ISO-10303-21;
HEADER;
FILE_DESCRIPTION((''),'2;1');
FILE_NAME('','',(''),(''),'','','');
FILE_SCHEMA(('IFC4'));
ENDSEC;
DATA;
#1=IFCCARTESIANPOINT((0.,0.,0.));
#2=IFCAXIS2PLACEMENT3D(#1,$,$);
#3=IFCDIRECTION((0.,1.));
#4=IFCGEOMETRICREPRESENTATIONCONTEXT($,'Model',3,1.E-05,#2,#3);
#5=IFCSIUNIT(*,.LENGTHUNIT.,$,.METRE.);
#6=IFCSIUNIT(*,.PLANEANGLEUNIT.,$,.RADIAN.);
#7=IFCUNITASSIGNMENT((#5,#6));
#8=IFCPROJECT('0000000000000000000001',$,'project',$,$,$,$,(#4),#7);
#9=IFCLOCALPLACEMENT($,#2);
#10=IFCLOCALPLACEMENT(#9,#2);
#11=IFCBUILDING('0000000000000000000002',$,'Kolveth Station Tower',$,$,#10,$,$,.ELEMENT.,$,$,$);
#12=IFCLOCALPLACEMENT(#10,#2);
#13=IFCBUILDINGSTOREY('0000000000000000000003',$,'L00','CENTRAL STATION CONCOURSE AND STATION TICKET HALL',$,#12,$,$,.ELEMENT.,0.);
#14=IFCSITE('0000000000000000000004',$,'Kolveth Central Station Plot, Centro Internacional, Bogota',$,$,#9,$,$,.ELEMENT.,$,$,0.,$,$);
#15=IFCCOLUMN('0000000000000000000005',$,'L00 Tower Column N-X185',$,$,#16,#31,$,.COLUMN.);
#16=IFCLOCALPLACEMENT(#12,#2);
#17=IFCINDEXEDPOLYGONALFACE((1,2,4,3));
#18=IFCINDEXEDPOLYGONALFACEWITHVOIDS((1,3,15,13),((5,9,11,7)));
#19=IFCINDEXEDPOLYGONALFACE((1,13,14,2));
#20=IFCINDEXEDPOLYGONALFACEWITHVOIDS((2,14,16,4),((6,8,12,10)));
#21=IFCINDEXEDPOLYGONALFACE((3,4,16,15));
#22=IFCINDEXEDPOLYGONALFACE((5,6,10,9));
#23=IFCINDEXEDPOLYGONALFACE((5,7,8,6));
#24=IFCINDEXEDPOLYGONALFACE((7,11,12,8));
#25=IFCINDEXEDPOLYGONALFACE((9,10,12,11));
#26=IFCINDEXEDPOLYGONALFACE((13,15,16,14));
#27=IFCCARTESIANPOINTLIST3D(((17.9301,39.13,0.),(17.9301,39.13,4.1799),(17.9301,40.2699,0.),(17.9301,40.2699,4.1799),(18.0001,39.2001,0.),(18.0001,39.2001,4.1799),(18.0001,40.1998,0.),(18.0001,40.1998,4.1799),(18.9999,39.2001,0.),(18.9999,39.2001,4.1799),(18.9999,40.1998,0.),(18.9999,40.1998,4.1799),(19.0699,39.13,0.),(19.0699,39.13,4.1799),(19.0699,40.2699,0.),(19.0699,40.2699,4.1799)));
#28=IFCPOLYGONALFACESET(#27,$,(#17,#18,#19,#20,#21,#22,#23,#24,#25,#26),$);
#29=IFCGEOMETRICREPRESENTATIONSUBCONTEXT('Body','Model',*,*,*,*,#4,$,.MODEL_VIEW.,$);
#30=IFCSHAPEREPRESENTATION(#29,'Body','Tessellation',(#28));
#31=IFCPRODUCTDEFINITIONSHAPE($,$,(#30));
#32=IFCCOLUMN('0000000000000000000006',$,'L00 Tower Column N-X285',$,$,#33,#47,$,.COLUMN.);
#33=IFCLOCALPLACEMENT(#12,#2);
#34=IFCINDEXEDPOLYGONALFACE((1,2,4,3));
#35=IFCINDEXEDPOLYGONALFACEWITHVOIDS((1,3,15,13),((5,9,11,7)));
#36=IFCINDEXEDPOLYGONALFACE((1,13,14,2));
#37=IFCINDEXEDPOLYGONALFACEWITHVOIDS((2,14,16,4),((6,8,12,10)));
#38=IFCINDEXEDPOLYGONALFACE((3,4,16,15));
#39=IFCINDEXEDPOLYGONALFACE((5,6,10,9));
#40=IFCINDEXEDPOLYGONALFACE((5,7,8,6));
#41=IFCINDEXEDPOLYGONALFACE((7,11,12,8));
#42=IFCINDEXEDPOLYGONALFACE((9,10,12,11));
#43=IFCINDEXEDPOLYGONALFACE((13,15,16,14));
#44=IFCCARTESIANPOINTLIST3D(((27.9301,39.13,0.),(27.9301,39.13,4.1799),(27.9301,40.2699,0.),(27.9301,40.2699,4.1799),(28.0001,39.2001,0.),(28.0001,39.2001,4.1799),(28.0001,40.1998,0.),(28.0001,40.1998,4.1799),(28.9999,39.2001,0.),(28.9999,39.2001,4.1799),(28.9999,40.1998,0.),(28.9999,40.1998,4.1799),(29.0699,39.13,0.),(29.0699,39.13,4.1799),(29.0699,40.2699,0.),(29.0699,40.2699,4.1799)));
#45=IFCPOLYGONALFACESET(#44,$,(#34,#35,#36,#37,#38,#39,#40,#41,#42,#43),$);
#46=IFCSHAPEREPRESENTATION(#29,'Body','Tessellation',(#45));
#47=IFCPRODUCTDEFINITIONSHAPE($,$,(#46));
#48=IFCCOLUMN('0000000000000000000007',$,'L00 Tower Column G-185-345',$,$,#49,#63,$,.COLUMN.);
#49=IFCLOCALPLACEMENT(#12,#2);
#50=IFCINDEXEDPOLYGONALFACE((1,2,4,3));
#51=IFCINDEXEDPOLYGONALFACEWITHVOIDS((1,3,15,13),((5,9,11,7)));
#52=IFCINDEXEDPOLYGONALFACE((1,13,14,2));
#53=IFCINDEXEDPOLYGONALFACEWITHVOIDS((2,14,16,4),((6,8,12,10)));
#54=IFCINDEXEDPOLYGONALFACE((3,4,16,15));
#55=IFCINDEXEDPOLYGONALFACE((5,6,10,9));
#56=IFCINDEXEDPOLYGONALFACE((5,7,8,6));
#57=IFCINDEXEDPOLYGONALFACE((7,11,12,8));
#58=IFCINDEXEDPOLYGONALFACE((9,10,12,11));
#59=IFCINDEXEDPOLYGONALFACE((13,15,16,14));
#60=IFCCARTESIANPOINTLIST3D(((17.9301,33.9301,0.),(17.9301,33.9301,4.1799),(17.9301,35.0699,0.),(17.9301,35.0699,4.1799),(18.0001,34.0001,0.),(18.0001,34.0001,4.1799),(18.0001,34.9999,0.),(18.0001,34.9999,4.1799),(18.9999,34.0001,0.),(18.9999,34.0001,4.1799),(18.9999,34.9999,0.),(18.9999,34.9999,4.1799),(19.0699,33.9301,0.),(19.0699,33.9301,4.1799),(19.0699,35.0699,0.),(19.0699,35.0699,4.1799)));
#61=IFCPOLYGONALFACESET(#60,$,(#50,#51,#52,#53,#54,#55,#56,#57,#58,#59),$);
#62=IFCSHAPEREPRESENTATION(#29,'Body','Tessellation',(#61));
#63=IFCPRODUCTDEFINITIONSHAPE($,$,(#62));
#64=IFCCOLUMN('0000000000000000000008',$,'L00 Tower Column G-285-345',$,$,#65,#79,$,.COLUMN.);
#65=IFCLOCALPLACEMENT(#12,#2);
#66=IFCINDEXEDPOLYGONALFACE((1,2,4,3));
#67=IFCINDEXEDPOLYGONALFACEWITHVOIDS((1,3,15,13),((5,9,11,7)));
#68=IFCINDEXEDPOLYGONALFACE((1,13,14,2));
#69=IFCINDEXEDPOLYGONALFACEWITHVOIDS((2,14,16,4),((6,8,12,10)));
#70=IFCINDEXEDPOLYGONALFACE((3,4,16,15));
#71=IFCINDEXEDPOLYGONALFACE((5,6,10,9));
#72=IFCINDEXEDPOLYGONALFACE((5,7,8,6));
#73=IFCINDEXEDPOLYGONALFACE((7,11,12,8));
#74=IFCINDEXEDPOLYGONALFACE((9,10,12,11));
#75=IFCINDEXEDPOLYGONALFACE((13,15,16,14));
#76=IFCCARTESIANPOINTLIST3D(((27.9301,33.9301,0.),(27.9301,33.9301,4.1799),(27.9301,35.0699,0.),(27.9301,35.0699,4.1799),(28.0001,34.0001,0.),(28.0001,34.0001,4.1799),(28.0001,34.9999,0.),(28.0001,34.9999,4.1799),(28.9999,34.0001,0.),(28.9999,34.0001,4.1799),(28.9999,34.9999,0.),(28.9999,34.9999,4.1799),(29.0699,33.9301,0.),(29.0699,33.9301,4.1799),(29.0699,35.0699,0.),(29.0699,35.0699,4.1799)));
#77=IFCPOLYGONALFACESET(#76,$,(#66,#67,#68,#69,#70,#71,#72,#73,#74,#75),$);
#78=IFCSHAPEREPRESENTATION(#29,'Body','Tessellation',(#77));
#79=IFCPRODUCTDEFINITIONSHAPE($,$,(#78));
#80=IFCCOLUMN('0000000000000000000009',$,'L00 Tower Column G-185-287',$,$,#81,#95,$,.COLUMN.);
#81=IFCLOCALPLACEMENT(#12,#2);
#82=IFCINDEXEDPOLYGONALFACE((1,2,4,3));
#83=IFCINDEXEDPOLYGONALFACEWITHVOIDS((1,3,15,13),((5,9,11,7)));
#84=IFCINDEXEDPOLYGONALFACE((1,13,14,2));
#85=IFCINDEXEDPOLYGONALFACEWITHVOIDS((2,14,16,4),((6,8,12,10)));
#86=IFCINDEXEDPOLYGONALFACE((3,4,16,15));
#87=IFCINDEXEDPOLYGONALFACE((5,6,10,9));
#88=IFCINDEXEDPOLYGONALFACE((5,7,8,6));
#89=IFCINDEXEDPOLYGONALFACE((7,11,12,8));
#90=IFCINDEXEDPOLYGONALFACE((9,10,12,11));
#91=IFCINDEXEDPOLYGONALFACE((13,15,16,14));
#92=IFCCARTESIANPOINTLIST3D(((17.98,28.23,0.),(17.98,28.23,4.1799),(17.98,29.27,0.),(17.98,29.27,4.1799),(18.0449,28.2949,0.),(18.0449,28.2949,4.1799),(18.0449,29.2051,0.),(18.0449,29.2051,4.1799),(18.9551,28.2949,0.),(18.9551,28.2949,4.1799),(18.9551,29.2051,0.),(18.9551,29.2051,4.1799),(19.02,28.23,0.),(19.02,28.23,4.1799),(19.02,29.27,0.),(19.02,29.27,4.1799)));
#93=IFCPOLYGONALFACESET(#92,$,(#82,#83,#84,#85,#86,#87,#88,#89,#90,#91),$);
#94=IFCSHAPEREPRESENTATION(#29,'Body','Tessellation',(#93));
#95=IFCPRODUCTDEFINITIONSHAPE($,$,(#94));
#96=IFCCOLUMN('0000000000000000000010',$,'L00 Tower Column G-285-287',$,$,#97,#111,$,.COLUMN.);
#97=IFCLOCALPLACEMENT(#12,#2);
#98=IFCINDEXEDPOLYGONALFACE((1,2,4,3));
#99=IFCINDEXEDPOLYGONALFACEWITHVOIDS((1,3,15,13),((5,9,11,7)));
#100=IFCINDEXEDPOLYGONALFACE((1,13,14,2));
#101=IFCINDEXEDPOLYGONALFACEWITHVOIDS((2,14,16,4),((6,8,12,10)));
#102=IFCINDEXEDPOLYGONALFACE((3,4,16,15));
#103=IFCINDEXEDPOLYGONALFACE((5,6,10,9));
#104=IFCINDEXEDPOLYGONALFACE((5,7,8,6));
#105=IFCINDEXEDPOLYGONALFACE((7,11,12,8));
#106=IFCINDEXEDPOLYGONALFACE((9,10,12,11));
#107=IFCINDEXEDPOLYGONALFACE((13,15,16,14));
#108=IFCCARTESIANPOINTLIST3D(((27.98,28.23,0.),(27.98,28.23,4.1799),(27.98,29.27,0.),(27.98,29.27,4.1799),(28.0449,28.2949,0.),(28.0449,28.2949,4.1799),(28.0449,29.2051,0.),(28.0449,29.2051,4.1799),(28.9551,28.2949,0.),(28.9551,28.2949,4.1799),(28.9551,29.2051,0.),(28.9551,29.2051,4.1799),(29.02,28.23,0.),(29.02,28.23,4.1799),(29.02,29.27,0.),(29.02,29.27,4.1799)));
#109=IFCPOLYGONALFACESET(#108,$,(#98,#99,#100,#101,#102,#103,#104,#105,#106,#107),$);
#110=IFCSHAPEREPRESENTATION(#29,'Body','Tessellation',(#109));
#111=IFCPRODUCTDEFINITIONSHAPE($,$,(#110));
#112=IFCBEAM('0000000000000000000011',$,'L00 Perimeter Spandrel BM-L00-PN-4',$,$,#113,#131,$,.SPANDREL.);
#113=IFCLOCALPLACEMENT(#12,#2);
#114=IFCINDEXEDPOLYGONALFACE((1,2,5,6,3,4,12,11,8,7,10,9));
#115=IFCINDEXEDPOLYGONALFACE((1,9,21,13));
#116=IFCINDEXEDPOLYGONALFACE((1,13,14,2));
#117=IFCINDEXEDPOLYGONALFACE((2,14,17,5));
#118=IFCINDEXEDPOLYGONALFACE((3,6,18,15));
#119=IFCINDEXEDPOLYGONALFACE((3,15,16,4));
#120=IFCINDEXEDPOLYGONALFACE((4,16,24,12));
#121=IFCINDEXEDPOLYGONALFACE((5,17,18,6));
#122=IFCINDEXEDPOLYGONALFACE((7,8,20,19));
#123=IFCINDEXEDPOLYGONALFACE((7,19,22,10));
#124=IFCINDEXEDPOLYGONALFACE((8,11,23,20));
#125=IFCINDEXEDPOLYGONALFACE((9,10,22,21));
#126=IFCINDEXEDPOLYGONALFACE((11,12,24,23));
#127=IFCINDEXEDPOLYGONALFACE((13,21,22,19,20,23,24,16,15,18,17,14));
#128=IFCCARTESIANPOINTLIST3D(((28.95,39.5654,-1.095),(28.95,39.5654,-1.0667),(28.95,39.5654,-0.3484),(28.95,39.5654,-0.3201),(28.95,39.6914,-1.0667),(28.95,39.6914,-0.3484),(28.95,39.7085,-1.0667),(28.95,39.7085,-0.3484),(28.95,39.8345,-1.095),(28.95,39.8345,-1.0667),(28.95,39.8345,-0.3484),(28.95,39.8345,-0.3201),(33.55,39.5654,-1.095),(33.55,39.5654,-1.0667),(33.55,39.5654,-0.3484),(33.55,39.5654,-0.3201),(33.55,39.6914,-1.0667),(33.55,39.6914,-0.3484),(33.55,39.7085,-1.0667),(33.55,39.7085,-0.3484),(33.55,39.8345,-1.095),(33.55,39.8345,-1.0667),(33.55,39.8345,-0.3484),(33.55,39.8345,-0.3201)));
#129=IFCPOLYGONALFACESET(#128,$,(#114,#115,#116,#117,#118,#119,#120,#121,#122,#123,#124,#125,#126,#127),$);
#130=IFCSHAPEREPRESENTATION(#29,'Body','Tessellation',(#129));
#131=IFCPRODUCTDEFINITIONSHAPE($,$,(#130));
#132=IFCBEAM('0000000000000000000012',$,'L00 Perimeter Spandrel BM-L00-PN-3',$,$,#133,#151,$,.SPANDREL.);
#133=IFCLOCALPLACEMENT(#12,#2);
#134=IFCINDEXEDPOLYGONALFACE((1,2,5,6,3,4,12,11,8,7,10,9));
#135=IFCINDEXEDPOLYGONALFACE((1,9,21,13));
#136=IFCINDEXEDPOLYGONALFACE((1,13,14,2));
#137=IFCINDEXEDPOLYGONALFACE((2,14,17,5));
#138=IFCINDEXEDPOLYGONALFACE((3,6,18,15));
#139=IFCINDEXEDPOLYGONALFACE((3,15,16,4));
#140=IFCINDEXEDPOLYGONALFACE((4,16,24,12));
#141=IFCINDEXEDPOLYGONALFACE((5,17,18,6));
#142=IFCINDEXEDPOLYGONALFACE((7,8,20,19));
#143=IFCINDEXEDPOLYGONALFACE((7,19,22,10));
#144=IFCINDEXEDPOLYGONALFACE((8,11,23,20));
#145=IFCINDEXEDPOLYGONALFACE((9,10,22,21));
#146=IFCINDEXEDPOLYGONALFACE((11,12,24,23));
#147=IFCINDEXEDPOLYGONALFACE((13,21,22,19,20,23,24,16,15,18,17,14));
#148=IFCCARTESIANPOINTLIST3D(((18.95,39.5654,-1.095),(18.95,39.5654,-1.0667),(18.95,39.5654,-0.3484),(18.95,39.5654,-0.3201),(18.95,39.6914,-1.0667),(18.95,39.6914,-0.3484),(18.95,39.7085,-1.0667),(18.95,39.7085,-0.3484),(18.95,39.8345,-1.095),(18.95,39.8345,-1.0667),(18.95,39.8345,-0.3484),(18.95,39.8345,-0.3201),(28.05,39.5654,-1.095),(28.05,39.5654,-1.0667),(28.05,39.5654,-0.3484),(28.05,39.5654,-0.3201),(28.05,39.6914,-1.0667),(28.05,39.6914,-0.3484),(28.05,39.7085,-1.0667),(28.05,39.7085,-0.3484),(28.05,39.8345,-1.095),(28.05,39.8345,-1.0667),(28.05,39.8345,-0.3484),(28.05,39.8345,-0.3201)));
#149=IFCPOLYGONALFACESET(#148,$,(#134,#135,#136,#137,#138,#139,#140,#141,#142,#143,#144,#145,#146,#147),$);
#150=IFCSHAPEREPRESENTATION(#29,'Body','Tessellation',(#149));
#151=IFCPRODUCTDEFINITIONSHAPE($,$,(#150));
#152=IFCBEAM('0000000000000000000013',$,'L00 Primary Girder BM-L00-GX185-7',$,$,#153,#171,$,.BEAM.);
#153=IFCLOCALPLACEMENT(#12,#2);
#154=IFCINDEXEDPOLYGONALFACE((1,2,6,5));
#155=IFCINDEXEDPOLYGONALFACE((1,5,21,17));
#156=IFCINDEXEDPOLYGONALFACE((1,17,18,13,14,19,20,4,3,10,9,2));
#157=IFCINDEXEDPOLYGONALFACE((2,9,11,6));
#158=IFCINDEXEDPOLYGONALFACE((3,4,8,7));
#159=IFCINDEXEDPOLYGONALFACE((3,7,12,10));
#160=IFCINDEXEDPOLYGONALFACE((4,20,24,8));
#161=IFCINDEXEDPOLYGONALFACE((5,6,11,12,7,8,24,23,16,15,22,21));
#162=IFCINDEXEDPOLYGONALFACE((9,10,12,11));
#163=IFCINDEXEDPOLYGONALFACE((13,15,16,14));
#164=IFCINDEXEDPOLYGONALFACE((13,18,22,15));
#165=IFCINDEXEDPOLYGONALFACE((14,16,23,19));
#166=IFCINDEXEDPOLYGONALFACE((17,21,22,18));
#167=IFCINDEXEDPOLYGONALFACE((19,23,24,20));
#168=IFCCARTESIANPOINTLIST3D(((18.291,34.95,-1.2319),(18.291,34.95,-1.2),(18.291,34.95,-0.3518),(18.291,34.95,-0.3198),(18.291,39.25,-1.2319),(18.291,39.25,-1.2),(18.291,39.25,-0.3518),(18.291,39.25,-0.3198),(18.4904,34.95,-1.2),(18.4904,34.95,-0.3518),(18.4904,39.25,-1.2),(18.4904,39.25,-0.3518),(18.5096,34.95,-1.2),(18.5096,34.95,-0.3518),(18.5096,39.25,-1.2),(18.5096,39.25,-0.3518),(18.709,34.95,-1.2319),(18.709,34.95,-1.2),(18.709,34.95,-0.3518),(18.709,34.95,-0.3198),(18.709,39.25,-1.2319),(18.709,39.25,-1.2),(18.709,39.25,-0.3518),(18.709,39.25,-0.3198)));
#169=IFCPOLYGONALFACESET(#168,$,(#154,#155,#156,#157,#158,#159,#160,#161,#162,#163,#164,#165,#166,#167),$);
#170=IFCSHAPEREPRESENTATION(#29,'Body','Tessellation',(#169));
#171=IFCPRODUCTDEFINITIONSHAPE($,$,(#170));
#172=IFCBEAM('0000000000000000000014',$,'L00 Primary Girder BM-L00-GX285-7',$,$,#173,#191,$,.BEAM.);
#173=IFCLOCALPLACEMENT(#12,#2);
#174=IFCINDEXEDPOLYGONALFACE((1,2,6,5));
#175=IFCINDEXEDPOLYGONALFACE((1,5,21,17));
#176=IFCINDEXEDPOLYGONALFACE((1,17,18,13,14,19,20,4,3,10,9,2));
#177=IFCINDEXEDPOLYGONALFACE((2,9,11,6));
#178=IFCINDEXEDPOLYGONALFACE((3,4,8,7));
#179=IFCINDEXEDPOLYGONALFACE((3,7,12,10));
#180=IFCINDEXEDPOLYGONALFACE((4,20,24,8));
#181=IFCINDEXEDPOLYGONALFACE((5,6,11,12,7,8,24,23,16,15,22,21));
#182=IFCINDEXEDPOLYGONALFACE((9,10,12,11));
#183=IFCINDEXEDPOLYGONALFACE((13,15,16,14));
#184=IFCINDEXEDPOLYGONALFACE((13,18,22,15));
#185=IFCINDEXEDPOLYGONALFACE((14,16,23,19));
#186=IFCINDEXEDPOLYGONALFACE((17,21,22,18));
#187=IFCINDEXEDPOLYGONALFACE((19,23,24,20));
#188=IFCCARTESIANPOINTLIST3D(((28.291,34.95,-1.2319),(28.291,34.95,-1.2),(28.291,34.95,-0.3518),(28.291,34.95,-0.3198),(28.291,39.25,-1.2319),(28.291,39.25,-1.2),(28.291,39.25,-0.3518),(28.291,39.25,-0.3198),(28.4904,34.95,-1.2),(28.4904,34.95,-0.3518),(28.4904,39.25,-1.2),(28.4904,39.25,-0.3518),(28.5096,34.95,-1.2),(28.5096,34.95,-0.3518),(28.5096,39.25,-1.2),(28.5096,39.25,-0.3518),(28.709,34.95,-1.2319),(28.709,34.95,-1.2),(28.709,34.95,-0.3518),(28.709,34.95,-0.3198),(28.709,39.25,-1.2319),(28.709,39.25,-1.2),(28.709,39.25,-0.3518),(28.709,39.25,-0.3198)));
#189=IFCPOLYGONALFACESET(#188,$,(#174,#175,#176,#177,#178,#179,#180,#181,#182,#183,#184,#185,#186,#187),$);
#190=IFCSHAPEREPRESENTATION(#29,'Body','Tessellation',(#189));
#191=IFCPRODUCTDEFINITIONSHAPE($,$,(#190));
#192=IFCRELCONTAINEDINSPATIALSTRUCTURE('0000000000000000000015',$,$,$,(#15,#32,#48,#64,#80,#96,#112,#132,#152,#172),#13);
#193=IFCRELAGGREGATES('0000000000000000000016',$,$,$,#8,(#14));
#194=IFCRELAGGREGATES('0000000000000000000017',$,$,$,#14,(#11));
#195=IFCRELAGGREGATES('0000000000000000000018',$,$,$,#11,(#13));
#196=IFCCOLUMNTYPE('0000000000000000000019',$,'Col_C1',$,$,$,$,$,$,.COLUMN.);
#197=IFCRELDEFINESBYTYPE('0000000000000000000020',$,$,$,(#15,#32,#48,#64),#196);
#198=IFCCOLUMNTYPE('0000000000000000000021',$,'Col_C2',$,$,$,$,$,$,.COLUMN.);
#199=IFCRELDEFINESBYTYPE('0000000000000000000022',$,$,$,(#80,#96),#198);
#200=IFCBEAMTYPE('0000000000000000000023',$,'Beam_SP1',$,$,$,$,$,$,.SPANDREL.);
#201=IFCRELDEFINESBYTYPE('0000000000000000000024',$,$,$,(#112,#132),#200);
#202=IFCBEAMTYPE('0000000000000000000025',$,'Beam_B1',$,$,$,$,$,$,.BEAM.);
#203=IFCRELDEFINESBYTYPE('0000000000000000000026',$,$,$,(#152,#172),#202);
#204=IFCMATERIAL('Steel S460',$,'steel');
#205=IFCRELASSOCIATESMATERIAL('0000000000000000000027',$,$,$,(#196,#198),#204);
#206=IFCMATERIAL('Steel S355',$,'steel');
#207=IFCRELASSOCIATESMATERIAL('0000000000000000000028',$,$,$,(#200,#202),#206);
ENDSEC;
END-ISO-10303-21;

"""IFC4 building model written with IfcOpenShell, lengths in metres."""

from ifc_helpers import new_model, si_unit, direction, frame, origin, origin_2d, place, context, subcontext, project, spatial, hollow_rectangle, i_section, extrude, source, transform, mapped, material, material_profile, profile_set, type_object, element, save


model = new_model("IFC4")

# Units and contexts
model_context = context("Model", 3, precision=1e-05, world=origin(), true_north=direction((0.0, 1.0)))
body_context = subcontext(model_context, "Body", "Model", "MODEL_VIEW")
ifc_project = project(units=[si_unit("LENGTHUNIT", "METRE"), si_unit("PLANEANGLEUNIT", "RADIAN")], contexts=[model_context])

# Site, building, storey
site_placement = place(None, origin())
site = spatial("IfcSite", under=ifc_project, at=site_placement, Name="Kolveth Central Station Plot, Centro Internacional, Bogota", CompositionType="ELEMENT", RefElevation=0.0)
building_placement = place(site_placement, origin())
building = spatial("IfcBuilding", under=site, at=building_placement, Name="Kolveth Station Tower", CompositionType="ELEMENT")
storey_placement = place(building_placement, origin())
storey = spatial("IfcBuildingStorey", under=building, at=storey_placement, Name="L00", Description="CENTRAL STATION CONCOURSE AND STATION TICKET HALL", CompositionType="ELEMENT", Elevation=0.0)

# Columns
ifc_material_1 = material(Name="Steel S460", Category="steel")
ifc_material_profile_1 = material_profile(ifc_material_1, hollow_rectangle(XDim=1.1399, YDim=1.1399, WallThickness=0.0701, at=origin_2d()), Name="BOX1140x1140x70")
ifc_profile_set_1 = profile_set([ifc_material_profile_1], Name="Steel S460")
column_type_1 = type_object("IfcColumnType", Name="Col_C1", PredefinedType="COLUMN", material=ifc_profile_set_1)
shared_shape_1 = source(origin(), body_context, "Body", "SweptSolid", [
    extrude(hollow_rectangle(XDim=1.1399, YDim=1.1399, WallThickness=0.0701, at=origin_2d()), origin(), (0.0, 0.0, 1.0), 4.1799),
])
for number, where, z_axis, x_axis, name in (
    (1, (18.5, 39.7, 0.0), (0.0, 0.0, 1.0), (1.0, 0.0, 0.0), "L00 Tower Column N-X185"),
    (2, (28.5, 39.7, 0.0), (0.0, 0.0, 1.0), (1.0, 0.0, 0.0), "L00 Tower Column N-X285"),
    (3, (18.5, 34.5, 0.0), (0.0, 0.0, 1.0), (1.0, 0.0, 0.0), "L00 Tower Column G-185-345"),
    (4, (28.5, 34.5, 0.0), (0.0, 0.0, 1.0), (1.0, 0.0, 0.0), "L00 Tower Column G-285-345"),
):
    element("IfcColumn", number, at=place(storey_placement, frame(where, z_axis=z_axis, x_axis=x_axis)), inside=storey, type_object=column_type_1, Name=name, PredefinedType="COLUMN", context=body_context, shape_type="MappedRepresentation", body=[
        mapped(shared_shape_1, transform((0.0, 0.0, 0.0), x_axis=(1.0, 0.0, 0.0), y_axis=(0.0, 1.0, 0.0), z_axis=(0.0, 0.0, 1.0), scale=1.0)),
    ])
ifc_material_profile_2 = material_profile(ifc_material_1, hollow_rectangle(XDim=1.04, YDim=1.04, WallThickness=0.0649, at=origin_2d()), Name="BOX1040x1040x65")
ifc_profile_set_2 = profile_set([ifc_material_profile_2], Name="Steel S460")
column_type_2 = type_object("IfcColumnType", Name="Col_C2", PredefinedType="COLUMN", material=ifc_profile_set_2)
shared_shape_2 = source(origin(), body_context, "Body", "SweptSolid", [
    extrude(hollow_rectangle(XDim=1.04, YDim=1.04, WallThickness=0.0649, at=origin_2d()), origin(), (0.0, 0.0, 1.0), 4.1799),
])
for number, where, z_axis, x_axis, name in (
    (5, (18.5, 28.75, 0.0), (0.0, 0.0, 1.0), (1.0, 0.0, 0.0), "L00 Tower Column G-185-287"),
    (6, (28.5, 28.75, 0.0), (0.0, 0.0, 1.0), (1.0, 0.0, 0.0), "L00 Tower Column G-285-287"),
):
    element("IfcColumn", number, at=place(storey_placement, frame(where, z_axis=z_axis, x_axis=x_axis)), inside=storey, type_object=column_type_2, Name=name, PredefinedType="COLUMN", context=body_context, shape_type="MappedRepresentation", body=[
        mapped(shared_shape_2, transform((0.0, 0.0, 0.0), x_axis=(1.0, 0.0, 0.0), y_axis=(0.0, 1.0, 0.0), z_axis=(0.0, 0.0, 1.0), scale=1.0)),
    ])

# Beams
ifc_material_2 = material(Name="Steel S355", Category="steel")
ifc_material_profile_3 = material_profile(ifc_material_2, i_section(OverallWidth=0.269, OverallDepth=0.7749, WebThickness=0.0171, FlangeThickness=0.0283, at=origin_2d()), Name="W760x220")
ifc_profile_set_3 = profile_set([ifc_material_profile_3], Name="Steel S355")
beam_type_1 = type_object("IfcBeamType", Name="Beam_SP1", PredefinedType="SPANDREL", material=ifc_profile_set_3)
shared_shape_3 = source(origin(), body_context, "Body", "SweptSolid", [
    extrude(i_section(OverallWidth=0.269, OverallDepth=0.7749, WebThickness=0.0171, FlangeThickness=0.0283, at=origin_2d()), origin(), (0.0, 0.0, 1.0), 4.6001),
])
beam_1_placement = place(storey_placement, frame((28.95, 39.7, -0.7075), z_axis=(1.0, 0.0, 0.0), x_axis=(0.0, 1.0, 0.0)))
element("IfcBeam", 7, at=beam_1_placement, inside=storey, type_object=beam_type_1, Name="L00 Perimeter Spandrel BM-L00-PN-4", PredefinedType="SPANDREL", context=body_context, shape_type="MappedRepresentation", body=[
    mapped(shared_shape_3, transform((0.0, 0.0, 0.0), x_axis=(1.0, 0.0, 0.0), y_axis=(0.0, 1.0, 0.0), z_axis=(0.0, 0.0, 1.0), scale=1.0)),
])
shared_shape_4 = source(origin(), body_context, "Body", "SweptSolid", [
    extrude(i_section(OverallWidth=0.269, OverallDepth=0.7749, WebThickness=0.0171, FlangeThickness=0.0283, at=origin_2d()), origin(), (0.0, 0.0, 1.0), 9.1001),
])
beam_2_placement = place(storey_placement, frame((18.95, 39.7, -0.7075), z_axis=(1.0, 0.0, 0.0), x_axis=(0.0, 1.0, 0.0)))
element("IfcBeam", 8, at=beam_2_placement, inside=storey, type_object=beam_type_1, Name="L00 Perimeter Spandrel BM-L00-PN-3", PredefinedType="SPANDREL", context=body_context, shape_type="MappedRepresentation", body=[
    mapped(shared_shape_4, transform((0.0, 0.0, 0.0), x_axis=(1.0, 0.0, 0.0), y_axis=(0.0, 1.0, 0.0), z_axis=(0.0, 0.0, 1.0), scale=1.0)),
])
ifc_material_profile_4 = material_profile(ifc_material_2, i_section(OverallWidth=0.418, OverallDepth=0.9121, WebThickness=0.0193, FlangeThickness=0.032, at=origin_2d()), Name="W920x342")
ifc_profile_set_4 = profile_set([ifc_material_profile_4], Name="Steel S355")
beam_type_2 = type_object("IfcBeamType", Name="Beam_B1", PredefinedType="BEAM", material=ifc_profile_set_4)
shared_shape_5 = source(origin(), body_context, "Body", "SweptSolid", [
    extrude(i_section(OverallWidth=0.418, OverallDepth=0.9121, WebThickness=0.0193, FlangeThickness=0.032, at=origin_2d()), origin(), (0.0, 0.0, 1.0), 4.3),
])
for number, where, z_axis, x_axis, name in (
    (9, (18.5, 34.95, -0.7759), (0.0, 1.0, 0.0), (-1.0, 0.0, 0.0), "L00 Primary Girder BM-L00-GX185-7"),
    (10, (28.5, 34.95, -0.7759), (0.0, 1.0, 0.0), (-1.0, 0.0, 0.0), "L00 Primary Girder BM-L00-GX285-7"),
):
    element("IfcBeam", number, at=place(storey_placement, frame(where, z_axis=z_axis, x_axis=x_axis)), inside=storey, type_object=beam_type_2, Name=name, PredefinedType="BEAM", context=body_context, shape_type="MappedRepresentation", body=[
        mapped(shared_shape_5, transform((0.0, 0.0, 0.0), x_axis=(1.0, 0.0, 0.0), y_axis=(0.0, 1.0, 0.0), z_axis=(0.0, 0.0, 1.0), scale=1.0)),
    ])

save(model, "model.ifc")
